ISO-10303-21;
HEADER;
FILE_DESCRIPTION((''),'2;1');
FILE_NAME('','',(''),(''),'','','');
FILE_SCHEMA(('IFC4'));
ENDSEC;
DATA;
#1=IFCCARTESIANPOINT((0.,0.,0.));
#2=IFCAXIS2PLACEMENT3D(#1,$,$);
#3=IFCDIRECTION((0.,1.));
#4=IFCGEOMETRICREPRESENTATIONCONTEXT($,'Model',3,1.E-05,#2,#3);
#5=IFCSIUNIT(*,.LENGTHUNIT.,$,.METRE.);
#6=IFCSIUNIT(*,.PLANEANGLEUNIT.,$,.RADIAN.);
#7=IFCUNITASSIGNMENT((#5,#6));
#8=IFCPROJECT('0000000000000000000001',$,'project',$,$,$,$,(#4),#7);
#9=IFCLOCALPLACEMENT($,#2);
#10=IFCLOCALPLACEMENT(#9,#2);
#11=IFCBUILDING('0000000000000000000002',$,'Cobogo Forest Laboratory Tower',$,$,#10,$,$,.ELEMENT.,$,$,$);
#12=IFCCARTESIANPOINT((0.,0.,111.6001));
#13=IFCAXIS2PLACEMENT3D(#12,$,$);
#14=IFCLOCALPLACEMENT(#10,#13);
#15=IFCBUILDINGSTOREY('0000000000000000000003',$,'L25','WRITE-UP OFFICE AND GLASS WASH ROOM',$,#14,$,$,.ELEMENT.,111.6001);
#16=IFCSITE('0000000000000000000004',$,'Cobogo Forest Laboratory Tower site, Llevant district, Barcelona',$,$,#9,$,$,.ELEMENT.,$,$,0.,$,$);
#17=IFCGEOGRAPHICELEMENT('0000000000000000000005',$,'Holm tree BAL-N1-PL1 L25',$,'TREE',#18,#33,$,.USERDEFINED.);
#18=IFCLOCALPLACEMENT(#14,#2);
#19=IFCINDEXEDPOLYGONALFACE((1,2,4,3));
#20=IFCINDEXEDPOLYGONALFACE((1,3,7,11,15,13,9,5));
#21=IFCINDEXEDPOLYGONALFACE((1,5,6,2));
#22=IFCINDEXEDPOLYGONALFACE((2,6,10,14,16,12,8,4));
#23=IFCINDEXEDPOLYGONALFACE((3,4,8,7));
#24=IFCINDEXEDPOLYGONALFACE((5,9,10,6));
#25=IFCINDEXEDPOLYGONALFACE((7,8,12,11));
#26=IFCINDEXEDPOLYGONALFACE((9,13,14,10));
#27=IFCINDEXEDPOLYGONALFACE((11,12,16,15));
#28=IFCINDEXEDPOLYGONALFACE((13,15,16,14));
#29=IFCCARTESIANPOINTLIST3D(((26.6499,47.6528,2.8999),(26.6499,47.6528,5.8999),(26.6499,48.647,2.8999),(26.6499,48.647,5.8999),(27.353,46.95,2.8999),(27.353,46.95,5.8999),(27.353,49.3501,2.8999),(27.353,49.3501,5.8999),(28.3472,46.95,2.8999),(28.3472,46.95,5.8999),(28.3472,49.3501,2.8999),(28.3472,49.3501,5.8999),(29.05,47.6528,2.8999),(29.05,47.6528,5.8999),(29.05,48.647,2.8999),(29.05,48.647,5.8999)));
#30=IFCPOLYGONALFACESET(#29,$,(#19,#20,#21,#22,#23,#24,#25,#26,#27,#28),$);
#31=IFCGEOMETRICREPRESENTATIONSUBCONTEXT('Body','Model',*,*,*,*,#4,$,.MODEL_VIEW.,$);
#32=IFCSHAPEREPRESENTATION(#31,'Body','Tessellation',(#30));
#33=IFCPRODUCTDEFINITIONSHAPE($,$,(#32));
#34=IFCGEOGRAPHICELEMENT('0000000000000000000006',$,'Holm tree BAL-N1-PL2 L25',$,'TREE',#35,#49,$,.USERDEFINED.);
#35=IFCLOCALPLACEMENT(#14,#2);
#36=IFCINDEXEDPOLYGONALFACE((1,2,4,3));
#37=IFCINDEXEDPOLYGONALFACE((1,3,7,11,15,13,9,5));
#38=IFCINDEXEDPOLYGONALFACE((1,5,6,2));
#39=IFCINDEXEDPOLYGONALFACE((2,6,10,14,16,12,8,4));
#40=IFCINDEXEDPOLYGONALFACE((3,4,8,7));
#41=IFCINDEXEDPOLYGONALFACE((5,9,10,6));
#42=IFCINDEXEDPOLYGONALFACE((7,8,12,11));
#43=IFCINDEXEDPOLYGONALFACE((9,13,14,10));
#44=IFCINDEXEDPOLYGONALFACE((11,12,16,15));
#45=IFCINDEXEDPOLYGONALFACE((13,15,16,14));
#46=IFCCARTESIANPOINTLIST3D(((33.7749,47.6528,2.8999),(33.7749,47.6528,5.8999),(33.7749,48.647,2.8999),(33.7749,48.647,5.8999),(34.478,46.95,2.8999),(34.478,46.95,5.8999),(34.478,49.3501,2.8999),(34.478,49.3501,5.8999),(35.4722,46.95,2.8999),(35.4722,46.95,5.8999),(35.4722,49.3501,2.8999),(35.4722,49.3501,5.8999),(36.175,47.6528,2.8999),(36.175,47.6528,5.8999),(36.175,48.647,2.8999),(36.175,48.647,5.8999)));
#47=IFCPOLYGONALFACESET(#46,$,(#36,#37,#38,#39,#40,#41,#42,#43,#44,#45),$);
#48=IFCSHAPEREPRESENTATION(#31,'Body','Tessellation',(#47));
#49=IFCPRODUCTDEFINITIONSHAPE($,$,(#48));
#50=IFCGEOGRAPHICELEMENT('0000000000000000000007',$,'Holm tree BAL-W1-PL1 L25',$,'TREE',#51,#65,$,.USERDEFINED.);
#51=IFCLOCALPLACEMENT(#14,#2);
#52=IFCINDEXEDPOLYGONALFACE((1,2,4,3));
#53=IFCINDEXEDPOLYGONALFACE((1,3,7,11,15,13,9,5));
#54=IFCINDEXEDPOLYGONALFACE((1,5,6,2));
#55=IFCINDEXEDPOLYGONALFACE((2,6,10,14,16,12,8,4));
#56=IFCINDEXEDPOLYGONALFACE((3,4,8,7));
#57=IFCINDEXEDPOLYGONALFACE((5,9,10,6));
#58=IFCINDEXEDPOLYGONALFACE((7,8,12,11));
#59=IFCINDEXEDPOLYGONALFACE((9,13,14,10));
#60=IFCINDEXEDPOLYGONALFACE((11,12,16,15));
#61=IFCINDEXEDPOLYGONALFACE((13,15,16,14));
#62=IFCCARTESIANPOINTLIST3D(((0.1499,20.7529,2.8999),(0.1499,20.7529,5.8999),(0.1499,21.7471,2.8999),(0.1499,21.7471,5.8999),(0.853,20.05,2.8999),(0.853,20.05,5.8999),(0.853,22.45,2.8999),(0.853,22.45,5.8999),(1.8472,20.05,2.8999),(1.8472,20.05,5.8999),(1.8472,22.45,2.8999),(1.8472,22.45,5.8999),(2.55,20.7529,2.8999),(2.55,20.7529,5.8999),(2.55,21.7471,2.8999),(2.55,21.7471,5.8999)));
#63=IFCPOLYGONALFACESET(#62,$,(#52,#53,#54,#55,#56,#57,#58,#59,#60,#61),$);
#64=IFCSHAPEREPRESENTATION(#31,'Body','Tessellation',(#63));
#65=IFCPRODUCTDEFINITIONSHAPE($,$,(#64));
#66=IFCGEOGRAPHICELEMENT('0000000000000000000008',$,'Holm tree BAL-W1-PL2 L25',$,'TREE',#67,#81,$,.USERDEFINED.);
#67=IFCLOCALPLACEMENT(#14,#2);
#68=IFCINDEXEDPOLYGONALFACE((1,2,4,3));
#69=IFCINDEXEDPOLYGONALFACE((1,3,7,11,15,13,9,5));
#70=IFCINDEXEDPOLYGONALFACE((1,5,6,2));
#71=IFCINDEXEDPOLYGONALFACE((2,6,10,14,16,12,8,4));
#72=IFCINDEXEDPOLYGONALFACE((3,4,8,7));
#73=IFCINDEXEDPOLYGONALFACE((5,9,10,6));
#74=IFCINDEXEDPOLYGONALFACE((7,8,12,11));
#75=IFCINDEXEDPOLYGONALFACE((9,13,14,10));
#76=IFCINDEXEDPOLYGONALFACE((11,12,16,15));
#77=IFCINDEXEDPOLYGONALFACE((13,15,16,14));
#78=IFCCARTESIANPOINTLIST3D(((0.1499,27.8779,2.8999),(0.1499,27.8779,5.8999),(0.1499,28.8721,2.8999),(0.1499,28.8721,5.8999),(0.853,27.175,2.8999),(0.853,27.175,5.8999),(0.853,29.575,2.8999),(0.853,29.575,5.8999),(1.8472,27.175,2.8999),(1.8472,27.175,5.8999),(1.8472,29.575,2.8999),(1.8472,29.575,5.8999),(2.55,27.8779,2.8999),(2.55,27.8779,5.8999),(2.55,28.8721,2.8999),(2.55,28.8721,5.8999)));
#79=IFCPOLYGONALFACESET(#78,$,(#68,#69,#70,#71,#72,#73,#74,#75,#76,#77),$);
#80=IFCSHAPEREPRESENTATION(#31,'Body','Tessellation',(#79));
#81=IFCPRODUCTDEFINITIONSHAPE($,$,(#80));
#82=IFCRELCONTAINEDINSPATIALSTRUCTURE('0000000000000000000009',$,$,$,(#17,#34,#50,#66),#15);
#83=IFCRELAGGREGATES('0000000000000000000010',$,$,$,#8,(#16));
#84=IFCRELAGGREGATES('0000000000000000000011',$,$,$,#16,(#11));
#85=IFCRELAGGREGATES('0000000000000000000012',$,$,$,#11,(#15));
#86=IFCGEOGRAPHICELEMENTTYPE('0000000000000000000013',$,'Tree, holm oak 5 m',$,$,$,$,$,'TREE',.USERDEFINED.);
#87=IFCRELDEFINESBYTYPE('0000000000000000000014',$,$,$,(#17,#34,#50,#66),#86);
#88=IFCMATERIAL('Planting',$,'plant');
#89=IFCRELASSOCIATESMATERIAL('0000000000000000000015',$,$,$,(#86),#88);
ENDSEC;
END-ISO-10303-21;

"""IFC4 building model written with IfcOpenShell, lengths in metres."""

from ifc_helpers import new_model, si_unit, direction, frame, origin, place, context, subcontext, project, spatial, polyline, outline, extrude, material, type_object, element, save


model = new_model("IFC4")

# Units and contexts
model_context = context("Model", 3, precision=1e-05, world=origin(), true_north=direction((0.0, 1.0)))
body_context = subcontext(model_context, "Body", "Model", "MODEL_VIEW")
ifc_project = project(units=[si_unit("LENGTHUNIT", "METRE"), si_unit("PLANEANGLEUNIT", "RADIAN")], contexts=[model_context])

# Site, building, storey
site_placement = place(None, origin())
site = spatial("IfcSite", under=ifc_project, at=site_placement, Name="Cobogo Forest Laboratory Tower site, Llevant district, Barcelona", CompositionType="ELEMENT", RefElevation=0.0)
building_placement = place(site_placement, origin())
building = spatial("IfcBuilding", under=site, at=building_placement, Name="Cobogo Forest Laboratory Tower", CompositionType="ELEMENT")
storey_placement = place(building_placement, frame((0.0, 0.0, 111.6001)))
storey = spatial("IfcBuildingStorey", under=building, at=storey_placement, Name="L25", Description="WRITE-UP OFFICE AND GLASS WASH ROOM", CompositionType="ELEMENT", Elevation=111.6001)

# Geographic elements
ifc_material_1 = material(Name="Planting", Category="plant")
geographic_element_type = type_object("IfcGeographicElementType", Name="Tree, holm oak 5 m", ElementType="TREE", PredefinedType="USERDEFINED", material=ifc_material_1)
geographic_element_1_placement = place(storey_placement, frame((0.0, 0.0, 2.8999)))
element("IfcGeographicElement", 1, at=geographic_element_1_placement, inside=storey, type_object=geographic_element_type, Name="Holm tree BAL-N1-PL1 L25", ObjectType="TREE", PredefinedType="USERDEFINED", context=body_context, shape_type="SweptSolid", body=[
    extrude(outline(polyline([(29.05, 47.6528), (29.05, 48.647), (28.3472, 49.3501), (27.353, 49.3501), (26.6499, 48.647), (26.6499, 47.6528), (27.353, 46.95), (28.3472, 46.95), (29.05, 47.6528)])), origin(), (0.0, 0.0, 1.0), 3.0),
])
geographic_element_2_placement = place(storey_placement, frame((0.0, 0.0, 2.8999)))
element("IfcGeographicElement", 2, at=geographic_element_2_placement, inside=storey, type_object=geographic_element_type, Name="Holm tree BAL-N1-PL2 L25", ObjectType="TREE", PredefinedType="USERDEFINED", context=body_context, shape_type="SweptSolid", body=[
    extrude(outline(polyline([(36.175, 47.6528), (36.175, 48.647), (35.4722, 49.3501), (34.478, 49.3501), (33.7749, 48.647), (33.7749, 47.6528), (34.478, 46.95), (35.4722, 46.95), (36.175, 47.6528)])), origin(), (0.0, 0.0, 1.0), 3.0),
])
geographic_element_3_placement = place(storey_placement, frame((0.0, 0.0, 2.8999)))
element("IfcGeographicElement", 3, at=geographic_element_3_placement, inside=storey, type_object=geographic_element_type, Name="Holm tree BAL-W1-PL1 L25", ObjectType="TREE", PredefinedType="USERDEFINED", context=body_context, shape_type="SweptSolid", body=[
    extrude(outline(polyline([(2.55, 20.7529), (2.55, 21.7471), (1.8472, 22.45), (0.853, 22.45), (0.1499, 21.7471), (0.1499, 20.7529), (0.853, 20.05), (1.8472, 20.05), (2.55, 20.7529)])), origin(), (0.0, 0.0, 1.0), 3.0),
])
geographic_element_4_placement = place(storey_placement, frame((0.0, 0.0, 2.8999)))
element("IfcGeographicElement", 4, at=geographic_element_4_placement, inside=storey, type_object=geographic_element_type, Name="Holm tree BAL-W1-PL2 L25", ObjectType="TREE", PredefinedType="USERDEFINED", context=body_context, shape_type="SweptSolid", body=[
    extrude(outline(polyline([(2.55, 27.8779), (2.55, 28.8721), (1.8472, 29.575), (0.853, 29.575), (0.1499, 28.8721), (0.1499, 27.8779), (0.853, 27.175), (1.8472, 27.175), (2.55, 27.8779)])), origin(), (0.0, 0.0, 1.0), 3.0),
])

save(model, "model.ifc")
